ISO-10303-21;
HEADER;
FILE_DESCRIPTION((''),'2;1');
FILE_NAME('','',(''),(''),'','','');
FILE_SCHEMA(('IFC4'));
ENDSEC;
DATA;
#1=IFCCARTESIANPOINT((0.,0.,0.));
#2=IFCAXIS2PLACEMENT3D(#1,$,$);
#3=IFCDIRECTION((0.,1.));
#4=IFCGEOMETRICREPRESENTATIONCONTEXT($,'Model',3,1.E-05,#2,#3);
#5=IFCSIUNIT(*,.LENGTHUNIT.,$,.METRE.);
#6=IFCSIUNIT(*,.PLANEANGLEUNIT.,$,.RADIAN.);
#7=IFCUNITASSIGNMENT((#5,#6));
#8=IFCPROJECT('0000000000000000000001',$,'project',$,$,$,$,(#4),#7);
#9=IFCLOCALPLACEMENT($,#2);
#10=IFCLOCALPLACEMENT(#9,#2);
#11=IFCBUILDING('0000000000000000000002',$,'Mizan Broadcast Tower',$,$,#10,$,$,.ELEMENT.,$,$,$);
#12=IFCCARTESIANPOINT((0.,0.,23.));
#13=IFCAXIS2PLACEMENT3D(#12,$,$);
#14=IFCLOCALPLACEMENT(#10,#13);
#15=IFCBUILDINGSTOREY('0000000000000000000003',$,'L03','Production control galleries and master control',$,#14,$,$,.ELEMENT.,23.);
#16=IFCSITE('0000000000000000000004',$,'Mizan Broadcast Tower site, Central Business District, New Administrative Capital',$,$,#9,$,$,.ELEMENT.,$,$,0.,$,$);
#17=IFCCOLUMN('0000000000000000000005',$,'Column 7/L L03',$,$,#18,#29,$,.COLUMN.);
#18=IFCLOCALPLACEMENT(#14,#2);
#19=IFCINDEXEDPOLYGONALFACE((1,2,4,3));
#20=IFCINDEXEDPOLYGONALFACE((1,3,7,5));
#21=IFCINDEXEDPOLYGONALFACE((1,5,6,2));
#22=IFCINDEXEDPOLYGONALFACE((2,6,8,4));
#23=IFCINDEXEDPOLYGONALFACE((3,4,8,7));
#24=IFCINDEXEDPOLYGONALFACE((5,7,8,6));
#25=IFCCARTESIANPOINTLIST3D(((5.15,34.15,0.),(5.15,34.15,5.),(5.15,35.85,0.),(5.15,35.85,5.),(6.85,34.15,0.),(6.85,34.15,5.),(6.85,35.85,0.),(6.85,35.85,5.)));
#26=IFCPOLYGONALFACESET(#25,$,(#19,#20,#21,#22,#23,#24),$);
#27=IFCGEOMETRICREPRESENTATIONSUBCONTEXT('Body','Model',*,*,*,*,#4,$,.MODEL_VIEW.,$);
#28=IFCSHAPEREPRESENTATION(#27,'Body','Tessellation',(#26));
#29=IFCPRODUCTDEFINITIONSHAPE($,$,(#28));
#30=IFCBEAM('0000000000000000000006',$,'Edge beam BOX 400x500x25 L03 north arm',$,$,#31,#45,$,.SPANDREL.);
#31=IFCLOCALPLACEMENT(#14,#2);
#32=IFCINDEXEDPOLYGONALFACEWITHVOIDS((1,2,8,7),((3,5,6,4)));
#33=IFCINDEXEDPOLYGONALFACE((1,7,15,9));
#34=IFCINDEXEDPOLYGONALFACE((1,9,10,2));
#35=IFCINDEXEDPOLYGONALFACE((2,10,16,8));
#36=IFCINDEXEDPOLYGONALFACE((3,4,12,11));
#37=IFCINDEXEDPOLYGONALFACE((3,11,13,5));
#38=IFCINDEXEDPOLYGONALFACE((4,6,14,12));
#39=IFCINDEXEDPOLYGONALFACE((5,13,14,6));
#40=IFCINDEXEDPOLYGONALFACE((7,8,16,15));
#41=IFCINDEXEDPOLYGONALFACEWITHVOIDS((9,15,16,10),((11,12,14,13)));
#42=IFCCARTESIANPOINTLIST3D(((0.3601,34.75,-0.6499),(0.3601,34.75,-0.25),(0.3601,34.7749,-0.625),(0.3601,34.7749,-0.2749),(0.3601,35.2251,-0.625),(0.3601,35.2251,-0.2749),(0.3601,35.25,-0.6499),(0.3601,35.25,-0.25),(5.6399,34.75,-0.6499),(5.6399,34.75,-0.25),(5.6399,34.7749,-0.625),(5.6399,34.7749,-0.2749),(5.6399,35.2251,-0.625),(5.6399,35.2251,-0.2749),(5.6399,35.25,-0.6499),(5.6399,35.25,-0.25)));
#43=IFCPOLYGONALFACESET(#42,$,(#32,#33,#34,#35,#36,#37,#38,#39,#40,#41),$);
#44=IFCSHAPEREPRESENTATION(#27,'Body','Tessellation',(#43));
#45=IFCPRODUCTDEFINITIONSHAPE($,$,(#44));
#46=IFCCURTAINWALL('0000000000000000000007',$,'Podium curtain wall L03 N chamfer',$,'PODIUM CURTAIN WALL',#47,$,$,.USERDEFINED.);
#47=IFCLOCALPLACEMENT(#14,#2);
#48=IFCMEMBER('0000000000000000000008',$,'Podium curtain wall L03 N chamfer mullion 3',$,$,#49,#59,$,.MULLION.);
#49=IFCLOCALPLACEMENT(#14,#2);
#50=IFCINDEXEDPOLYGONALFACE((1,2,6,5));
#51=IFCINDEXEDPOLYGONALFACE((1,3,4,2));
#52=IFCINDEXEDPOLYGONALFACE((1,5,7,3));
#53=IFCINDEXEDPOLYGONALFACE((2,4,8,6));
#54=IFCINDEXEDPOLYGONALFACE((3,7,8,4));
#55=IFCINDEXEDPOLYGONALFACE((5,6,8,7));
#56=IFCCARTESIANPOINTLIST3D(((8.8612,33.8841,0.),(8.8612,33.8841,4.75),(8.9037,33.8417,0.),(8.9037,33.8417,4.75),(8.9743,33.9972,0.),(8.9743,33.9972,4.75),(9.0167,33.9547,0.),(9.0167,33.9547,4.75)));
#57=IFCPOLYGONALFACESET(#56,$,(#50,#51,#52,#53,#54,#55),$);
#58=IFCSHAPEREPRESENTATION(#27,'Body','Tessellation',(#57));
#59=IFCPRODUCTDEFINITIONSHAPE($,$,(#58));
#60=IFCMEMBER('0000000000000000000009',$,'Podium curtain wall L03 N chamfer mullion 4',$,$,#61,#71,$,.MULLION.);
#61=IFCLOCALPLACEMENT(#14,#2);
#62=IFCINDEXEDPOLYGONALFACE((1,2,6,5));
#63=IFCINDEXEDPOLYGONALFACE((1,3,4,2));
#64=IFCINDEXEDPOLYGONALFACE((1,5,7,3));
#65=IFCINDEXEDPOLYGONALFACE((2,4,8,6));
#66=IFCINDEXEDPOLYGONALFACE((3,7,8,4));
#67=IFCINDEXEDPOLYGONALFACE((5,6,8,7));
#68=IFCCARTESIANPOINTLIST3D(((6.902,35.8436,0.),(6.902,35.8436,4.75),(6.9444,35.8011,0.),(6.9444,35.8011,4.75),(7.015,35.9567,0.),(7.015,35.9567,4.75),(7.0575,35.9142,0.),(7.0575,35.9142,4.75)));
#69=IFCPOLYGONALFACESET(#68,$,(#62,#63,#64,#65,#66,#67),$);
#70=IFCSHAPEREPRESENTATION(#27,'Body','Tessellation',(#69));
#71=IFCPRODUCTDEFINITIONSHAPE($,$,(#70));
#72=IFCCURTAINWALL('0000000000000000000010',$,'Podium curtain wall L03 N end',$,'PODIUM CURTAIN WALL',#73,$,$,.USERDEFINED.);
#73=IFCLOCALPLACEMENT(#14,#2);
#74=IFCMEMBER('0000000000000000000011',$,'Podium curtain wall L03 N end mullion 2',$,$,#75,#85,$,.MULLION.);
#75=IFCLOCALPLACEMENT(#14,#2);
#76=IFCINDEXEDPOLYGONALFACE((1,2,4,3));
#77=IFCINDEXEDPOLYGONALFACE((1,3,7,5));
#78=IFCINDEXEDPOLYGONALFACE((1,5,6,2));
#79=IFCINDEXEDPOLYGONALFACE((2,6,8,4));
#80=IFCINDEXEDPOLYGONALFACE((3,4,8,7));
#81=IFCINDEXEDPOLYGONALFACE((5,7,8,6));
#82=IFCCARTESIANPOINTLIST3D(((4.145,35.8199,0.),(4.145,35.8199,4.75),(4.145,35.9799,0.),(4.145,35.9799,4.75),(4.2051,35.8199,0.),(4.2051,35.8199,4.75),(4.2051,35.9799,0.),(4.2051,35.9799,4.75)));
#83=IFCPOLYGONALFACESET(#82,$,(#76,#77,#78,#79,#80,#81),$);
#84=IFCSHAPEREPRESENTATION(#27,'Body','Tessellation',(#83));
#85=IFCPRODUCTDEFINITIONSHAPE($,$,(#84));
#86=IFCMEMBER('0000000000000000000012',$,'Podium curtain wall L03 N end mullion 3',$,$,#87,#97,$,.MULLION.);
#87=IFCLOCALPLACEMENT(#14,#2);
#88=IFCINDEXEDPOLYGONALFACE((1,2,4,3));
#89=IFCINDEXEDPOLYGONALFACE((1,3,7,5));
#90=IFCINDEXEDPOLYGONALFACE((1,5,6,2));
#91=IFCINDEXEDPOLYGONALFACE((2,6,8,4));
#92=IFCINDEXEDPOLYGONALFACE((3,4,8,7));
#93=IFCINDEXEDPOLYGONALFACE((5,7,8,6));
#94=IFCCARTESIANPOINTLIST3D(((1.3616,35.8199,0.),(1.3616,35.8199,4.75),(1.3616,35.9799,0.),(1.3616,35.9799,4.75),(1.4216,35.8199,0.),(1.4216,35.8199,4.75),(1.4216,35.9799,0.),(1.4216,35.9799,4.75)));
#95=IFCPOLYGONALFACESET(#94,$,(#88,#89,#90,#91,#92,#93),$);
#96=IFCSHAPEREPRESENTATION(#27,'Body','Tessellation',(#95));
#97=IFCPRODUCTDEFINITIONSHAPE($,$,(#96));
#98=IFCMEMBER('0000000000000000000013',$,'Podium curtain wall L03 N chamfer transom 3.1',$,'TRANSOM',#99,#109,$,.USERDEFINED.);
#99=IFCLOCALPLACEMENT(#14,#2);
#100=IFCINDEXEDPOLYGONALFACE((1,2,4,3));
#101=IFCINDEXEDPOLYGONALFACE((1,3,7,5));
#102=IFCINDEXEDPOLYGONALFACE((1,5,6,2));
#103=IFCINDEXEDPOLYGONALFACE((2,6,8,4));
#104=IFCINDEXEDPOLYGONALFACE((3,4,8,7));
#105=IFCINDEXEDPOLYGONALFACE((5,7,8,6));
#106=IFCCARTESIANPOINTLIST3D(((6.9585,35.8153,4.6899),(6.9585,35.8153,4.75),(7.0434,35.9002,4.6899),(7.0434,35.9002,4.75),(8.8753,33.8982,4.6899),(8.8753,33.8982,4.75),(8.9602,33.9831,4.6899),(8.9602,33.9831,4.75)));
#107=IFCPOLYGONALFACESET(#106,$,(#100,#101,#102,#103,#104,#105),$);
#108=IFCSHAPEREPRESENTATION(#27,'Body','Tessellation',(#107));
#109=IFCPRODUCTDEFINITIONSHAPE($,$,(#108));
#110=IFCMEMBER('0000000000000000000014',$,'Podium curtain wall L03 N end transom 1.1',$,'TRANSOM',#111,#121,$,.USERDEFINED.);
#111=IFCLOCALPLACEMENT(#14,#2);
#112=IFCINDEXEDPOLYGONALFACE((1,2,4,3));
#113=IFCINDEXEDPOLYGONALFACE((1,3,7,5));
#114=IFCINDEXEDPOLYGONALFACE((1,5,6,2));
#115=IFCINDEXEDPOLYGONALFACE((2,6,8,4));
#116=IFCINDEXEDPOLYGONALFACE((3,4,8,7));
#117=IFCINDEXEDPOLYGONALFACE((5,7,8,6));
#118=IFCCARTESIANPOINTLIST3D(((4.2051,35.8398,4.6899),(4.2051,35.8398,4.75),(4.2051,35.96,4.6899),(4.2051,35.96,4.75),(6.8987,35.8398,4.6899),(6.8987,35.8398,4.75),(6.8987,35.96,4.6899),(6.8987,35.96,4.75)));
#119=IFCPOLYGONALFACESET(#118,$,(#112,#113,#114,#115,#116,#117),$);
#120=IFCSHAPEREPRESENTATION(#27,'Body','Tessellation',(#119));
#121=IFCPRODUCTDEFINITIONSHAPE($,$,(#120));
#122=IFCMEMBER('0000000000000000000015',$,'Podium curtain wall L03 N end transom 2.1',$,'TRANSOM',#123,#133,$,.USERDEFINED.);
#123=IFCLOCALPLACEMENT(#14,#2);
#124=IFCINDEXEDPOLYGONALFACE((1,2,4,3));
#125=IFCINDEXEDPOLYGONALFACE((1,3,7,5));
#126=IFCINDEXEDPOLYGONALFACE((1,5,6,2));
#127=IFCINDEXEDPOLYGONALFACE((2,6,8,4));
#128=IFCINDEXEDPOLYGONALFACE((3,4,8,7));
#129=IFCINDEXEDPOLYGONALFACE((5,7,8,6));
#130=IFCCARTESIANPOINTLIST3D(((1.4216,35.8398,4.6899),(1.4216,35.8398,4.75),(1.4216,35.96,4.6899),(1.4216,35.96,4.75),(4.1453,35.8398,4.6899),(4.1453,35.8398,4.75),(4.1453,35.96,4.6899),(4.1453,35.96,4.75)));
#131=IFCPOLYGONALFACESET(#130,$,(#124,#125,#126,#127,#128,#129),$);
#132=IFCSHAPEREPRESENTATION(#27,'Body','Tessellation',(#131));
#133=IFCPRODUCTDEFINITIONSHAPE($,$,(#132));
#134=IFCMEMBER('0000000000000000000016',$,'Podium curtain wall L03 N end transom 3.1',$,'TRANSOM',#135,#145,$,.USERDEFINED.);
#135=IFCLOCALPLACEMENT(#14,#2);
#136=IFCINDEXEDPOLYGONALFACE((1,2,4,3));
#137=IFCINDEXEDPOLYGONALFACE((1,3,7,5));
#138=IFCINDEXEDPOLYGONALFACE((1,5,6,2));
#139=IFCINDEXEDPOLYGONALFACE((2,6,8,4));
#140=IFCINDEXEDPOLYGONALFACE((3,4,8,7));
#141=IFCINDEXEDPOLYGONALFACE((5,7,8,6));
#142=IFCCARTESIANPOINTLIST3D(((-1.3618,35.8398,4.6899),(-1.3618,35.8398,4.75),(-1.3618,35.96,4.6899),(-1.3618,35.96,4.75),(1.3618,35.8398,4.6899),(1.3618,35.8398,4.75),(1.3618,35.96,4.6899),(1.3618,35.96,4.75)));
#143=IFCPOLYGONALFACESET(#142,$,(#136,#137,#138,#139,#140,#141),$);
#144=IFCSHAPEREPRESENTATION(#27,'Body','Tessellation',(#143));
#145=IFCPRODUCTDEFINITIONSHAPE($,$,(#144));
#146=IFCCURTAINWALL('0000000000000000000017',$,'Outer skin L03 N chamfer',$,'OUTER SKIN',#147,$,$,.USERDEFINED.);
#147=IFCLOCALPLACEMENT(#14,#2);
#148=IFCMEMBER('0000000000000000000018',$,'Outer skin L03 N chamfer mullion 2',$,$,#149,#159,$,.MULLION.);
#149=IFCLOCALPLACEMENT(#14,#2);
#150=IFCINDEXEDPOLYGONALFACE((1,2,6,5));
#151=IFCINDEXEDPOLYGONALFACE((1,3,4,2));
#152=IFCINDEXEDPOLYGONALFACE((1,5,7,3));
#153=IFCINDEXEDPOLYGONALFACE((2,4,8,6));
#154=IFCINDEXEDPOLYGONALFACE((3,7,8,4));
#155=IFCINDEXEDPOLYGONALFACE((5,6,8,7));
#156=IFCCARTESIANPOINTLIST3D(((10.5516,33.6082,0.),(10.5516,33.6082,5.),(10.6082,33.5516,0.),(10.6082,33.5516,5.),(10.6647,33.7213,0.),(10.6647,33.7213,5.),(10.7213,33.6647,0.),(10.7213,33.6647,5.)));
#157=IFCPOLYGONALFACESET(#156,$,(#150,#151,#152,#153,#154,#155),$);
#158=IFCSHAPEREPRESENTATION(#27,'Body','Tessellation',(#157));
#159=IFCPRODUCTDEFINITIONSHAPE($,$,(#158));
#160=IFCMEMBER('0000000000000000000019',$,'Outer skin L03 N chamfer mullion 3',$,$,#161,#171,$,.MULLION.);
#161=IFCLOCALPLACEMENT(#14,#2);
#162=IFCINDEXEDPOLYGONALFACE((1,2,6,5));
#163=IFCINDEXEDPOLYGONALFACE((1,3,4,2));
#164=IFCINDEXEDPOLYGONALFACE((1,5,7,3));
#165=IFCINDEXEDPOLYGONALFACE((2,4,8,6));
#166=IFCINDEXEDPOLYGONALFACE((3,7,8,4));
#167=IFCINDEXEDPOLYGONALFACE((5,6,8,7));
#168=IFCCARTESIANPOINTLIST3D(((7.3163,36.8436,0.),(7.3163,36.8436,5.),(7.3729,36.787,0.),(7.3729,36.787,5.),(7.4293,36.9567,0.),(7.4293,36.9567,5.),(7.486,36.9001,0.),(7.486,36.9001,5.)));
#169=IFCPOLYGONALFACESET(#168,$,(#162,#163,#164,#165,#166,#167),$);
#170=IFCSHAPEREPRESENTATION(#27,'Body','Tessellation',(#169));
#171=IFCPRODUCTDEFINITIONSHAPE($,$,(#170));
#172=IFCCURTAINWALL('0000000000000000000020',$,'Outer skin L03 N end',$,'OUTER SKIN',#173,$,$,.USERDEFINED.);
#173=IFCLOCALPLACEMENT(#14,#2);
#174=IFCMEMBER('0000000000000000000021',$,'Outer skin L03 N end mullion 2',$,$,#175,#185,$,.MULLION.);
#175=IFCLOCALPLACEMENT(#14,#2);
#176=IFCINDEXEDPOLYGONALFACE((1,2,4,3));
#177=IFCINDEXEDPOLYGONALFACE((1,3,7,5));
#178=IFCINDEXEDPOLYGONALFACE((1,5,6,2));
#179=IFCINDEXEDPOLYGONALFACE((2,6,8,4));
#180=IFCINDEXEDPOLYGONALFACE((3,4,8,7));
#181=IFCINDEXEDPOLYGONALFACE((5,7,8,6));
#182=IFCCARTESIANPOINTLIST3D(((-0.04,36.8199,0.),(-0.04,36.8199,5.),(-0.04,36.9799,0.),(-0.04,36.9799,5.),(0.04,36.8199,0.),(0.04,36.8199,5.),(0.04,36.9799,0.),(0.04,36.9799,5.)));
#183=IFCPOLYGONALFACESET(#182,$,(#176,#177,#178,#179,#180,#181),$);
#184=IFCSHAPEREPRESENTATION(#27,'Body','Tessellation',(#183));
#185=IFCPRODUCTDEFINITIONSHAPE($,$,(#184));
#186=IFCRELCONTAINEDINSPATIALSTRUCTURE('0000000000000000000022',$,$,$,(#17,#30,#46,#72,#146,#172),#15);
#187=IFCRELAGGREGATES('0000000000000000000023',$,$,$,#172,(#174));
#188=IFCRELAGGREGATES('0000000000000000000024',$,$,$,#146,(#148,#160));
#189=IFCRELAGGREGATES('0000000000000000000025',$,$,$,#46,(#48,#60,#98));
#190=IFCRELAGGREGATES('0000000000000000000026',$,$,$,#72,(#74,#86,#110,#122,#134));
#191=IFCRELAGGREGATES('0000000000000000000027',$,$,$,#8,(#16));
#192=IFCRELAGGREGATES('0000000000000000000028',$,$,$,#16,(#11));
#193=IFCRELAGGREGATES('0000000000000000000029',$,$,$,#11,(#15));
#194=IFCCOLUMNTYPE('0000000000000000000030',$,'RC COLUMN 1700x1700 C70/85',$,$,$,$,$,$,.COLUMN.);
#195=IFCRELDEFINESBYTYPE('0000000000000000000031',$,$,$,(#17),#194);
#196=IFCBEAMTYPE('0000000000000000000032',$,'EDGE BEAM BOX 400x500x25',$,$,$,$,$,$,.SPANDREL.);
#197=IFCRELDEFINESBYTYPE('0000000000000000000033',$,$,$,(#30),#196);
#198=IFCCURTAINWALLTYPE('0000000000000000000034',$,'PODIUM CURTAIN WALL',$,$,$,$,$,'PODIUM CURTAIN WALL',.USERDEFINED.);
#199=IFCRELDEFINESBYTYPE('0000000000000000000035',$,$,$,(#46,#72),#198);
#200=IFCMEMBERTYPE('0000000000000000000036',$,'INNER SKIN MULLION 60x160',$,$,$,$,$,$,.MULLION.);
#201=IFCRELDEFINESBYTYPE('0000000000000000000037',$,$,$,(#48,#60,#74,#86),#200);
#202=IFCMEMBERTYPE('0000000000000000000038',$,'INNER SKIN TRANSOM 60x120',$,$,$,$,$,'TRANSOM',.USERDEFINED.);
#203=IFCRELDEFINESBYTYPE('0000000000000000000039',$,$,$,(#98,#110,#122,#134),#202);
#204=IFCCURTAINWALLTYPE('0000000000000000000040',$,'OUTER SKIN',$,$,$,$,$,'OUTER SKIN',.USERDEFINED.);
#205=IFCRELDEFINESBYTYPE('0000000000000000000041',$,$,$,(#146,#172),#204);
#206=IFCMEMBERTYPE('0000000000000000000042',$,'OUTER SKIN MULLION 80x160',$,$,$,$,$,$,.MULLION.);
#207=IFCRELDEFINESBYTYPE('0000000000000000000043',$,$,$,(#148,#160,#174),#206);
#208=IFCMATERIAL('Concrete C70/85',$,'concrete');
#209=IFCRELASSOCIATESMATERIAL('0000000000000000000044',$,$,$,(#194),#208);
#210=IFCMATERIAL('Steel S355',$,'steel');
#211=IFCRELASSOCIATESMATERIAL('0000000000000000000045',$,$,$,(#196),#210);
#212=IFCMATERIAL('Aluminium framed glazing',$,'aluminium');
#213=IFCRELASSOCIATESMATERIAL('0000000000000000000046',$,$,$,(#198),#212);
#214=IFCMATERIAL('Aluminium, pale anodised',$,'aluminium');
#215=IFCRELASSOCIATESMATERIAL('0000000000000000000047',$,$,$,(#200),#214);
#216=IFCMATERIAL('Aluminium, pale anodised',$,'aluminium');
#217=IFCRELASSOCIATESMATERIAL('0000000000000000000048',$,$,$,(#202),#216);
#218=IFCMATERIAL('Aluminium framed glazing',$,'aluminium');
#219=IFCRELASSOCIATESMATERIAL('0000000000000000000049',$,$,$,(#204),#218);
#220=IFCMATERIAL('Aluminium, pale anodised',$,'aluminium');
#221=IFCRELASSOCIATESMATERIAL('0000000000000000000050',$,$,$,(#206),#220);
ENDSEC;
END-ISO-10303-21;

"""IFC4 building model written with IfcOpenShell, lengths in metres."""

from ifc_helpers import new_model, si_unit, direction, frame, origin, origin_2d, place, context, subcontext, project, spatial, rectangle, hollow_rectangle, extrude, material, material_profile, profile_set, type_object, element, aggregate, save


model = new_model("IFC4")

# Units and contexts
model_context = context("Model", 3, precision=1e-05, world=origin(), true_north=direction((0.0, 1.0)))
body_context = subcontext(model_context, "Body", "Model", "MODEL_VIEW")
ifc_project = project(units=[si_unit("LENGTHUNIT", "METRE"), si_unit("PLANEANGLEUNIT", "RADIAN")], contexts=[model_context])

# Site, building, storey
site_placement = place(None, origin())
site = spatial("IfcSite", under=ifc_project, at=site_placement, Name="Mizan Broadcast Tower site, Central Business District, New Administrative Capital", CompositionType="ELEMENT", RefElevation=0.0)
building_placement = place(site_placement, origin())
building = spatial("IfcBuilding", under=site, at=building_placement, Name="Mizan Broadcast Tower", CompositionType="ELEMENT")
storey_placement = place(building_placement, frame((0.0, 0.0, 23.0)))
storey = spatial("IfcBuildingStorey", under=building, at=storey_placement, Name="L03", Description="Production control galleries and master control", CompositionType="ELEMENT", Elevation=23.0)

# Column
ifc_material_1 = material(Name="Concrete C70/85", Category="concrete")
ifc_material_profile_1 = material_profile(ifc_material_1, rectangle(XDim=1.7, YDim=1.7, at=origin_2d()), Name="RC 1700x1700")
ifc_profile_set_1 = profile_set([ifc_material_profile_1], Name="Concrete C70/85")
column_type = type_object("IfcColumnType", Name="RC COLUMN 1700x1700 C70/85", PredefinedType="COLUMN", material=ifc_profile_set_1)
column_placement = place(storey_placement, frame((6.0, 35.0, 0.0), z_axis=(0.0, 0.0, 1.0), x_axis=(1.0, 0.0, 0.0)))
element("IfcColumn", 1, at=column_placement, inside=storey, type_object=column_type, Name="Column 7/L L03", PredefinedType="COLUMN", context=body_context, shape_type="SweptSolid", body=[
    extrude(rectangle(XDim=1.7, YDim=1.7, at=origin_2d()), origin(), (0.0, 0.0, 1.0), 5.0),
])

# Beam
ifc_material_2 = material(Name="Steel S355", Category="steel")
ifc_material_profile_2 = material_profile(ifc_material_2, hollow_rectangle(XDim=0.5, YDim=0.3999, WallThickness=0.0249, at=origin_2d()), Name="BOX 400x500x25")
ifc_profile_set_2 = profile_set([ifc_material_profile_2], Name="Steel S355")
beam_type = type_object("IfcBeamType", Name="EDGE BEAM BOX 400x500x25", PredefinedType="SPANDREL", material=ifc_profile_set_2)
beam_placement = place(storey_placement, frame((5.6399, 35.0, -0.45), z_axis=(-1.0, 0.0, 0.0), x_axis=(0.0, -1.0, 0.0)))
element("IfcBeam", 2, at=beam_placement, inside=storey, type_object=beam_type, Name="Edge beam BOX 400x500x25 L03 north arm", PredefinedType="SPANDREL", context=body_context, shape_type="SweptSolid", body=[
    extrude(hollow_rectangle(XDim=0.5, YDim=0.3999, WallThickness=0.0249, at=origin_2d()), origin(), (0.0, 0.0, 1.0), 5.2798),
])

# Curtain walls, members
ifc_material_3 = material(Name="Aluminium framed glazing", Category="aluminium")
curtain_wall_type_1 = type_object("IfcCurtainWallType", Name="PODIUM CURTAIN WALL", ElementType="PODIUM CURTAIN WALL", PredefinedType="USERDEFINED", material=ifc_material_3)
curtain_wall_1_placement = place(storey_placement, origin())
curtain_wall_1 = element("IfcCurtainWall", 3, at=curtain_wall_1_placement, inside=storey, type_object=curtain_wall_type_1, Name="Podium curtain wall L03 N chamfer", ObjectType="PODIUM CURTAIN WALL", PredefinedType="USERDEFINED")
ifc_material_4 = material(Name="Aluminium, pale anodised", Category="aluminium")
ifc_material_profile_3 = material_profile(ifc_material_4, rectangle(XDim=0.1599, YDim=0.0601, at=origin_2d()), Name="MULLION 160x60")
ifc_profile_set_3 = profile_set([ifc_material_profile_3], Name="Aluminium, pale anodised")
member_type_1 = type_object("IfcMemberType", Name="INNER SKIN MULLION 60x160", PredefinedType="MULLION", material=ifc_profile_set_3)
member_1_placement = place(storey_placement, frame((8.939, 33.9194, 0.0), z_axis=(0.0, 0.0, 1.0), x_axis=(-0.707107, -0.707107, 0.0)))
member_1 = element("IfcMember", 4, at=member_1_placement, type_object=member_type_1, Name="Podium curtain wall L03 N chamfer mullion 3", PredefinedType="MULLION", context=body_context, shape_type="SweptSolid", body=[
    extrude(rectangle(XDim=0.1599, YDim=0.0601, at=origin_2d()), origin(), (0.0, 0.0, 1.0), 4.75),
])
member_2_placement = place(storey_placement, frame((6.9797, 35.8789, 0.0), z_axis=(0.0, 0.0, 1.0), x_axis=(-0.707107, -0.707107, 0.0)))
member_2 = element("IfcMember", 5, at=member_2_placement, type_object=member_type_1, Name="Podium curtain wall L03 N chamfer mullion 4", PredefinedType="MULLION", context=body_context, shape_type="SweptSolid", body=[
    extrude(rectangle(XDim=0.1599, YDim=0.0601, at=origin_2d()), origin(), (0.0, 0.0, 1.0), 4.75),
])
curtain_wall_2_placement = place(storey_placement, origin())
curtain_wall_2 = element("IfcCurtainWall", 6, at=curtain_wall_2_placement, inside=storey, type_object=curtain_wall_type_1, Name="Podium curtain wall L03 N end", ObjectType="PODIUM CURTAIN WALL", PredefinedType="USERDEFINED")
member_3_placement = place(storey_placement, frame((4.175, 35.8999, 0.0), z_axis=(0.0, 0.0, 1.0), x_axis=(0.0, -1.0, 0.0)))
member_3 = element("IfcMember", 7, at=member_3_placement, type_object=member_type_1, Name="Podium curtain wall L03 N end mullion 2", PredefinedType="MULLION", context=body_context, shape_type="SweptSolid", body=[
    extrude(rectangle(XDim=0.1599, YDim=0.0601, at=origin_2d()), origin(), (0.0, 0.0, 1.0), 4.75),
])
member_4_placement = place(storey_placement, frame((1.3916, 35.8999, 0.0), z_axis=(0.0, 0.0, 1.0), x_axis=(0.0, -1.0, 0.0)))
member_4 = element("IfcMember", 8, at=member_4_placement, type_object=member_type_1, Name="Podium curtain wall L03 N end mullion 3", PredefinedType="MULLION", context=body_context, shape_type="SweptSolid", body=[
    extrude(rectangle(XDim=0.1599, YDim=0.0601, at=origin_2d()), origin(), (0.0, 0.0, 1.0), 4.75),
])

# Members
ifc_material_5 = material(Name="Aluminium, pale anodised", Category="aluminium")
ifc_material_profile_4 = material_profile(ifc_material_5, rectangle(XDim=0.1201, YDim=0.0601, at=origin_2d()), Name="TRANSOM 120x60")
ifc_profile_set_4 = profile_set([ifc_material_profile_4], Name="Aluminium, pale anodised")
member_type_2 = type_object("IfcMemberType", Name="INNER SKIN TRANSOM 60x120", ElementType="TRANSOM", PredefinedType="USERDEFINED", material=ifc_profile_set_4)
member_5_placement = place(storey_placement, frame((8.9177, 33.9407, 4.72), z_axis=(-0.707062, 0.707152, 0.0), x_axis=(-0.707152, -0.707062, 0.0)))
member_5 = element("IfcMember", 9, at=member_5_placement, type_object=member_type_2, Name="Podium curtain wall L03 N chamfer transom 3.1", ObjectType="TRANSOM", PredefinedType="USERDEFINED", context=body_context, shape_type="SweptSolid", body=[
    extrude(rectangle(XDim=0.1201, YDim=0.0601, at=origin_2d()), origin(), (0.0, 0.0, 1.0), 2.7109),
])
member_6_placement = place(storey_placement, frame((6.8987, 35.8999, 4.72), z_axis=(-1.0, 0.0, 0.0), x_axis=(0.0, -1.0, 0.0)))
member_6 = element("IfcMember", 10, at=member_6_placement, type_object=member_type_2, Name="Podium curtain wall L03 N end transom 1.1", ObjectType="TRANSOM", PredefinedType="USERDEFINED", context=body_context, shape_type="SweptSolid", body=[
    extrude(rectangle(XDim=0.1201, YDim=0.0601, at=origin_2d()), origin(), (0.0, 0.0, 1.0), 2.6936),
])
member_7_placement = place(storey_placement, frame((4.1453, 35.8999, 4.72), z_axis=(-1.0, 0.0, 0.0), x_axis=(0.0, -1.0, 0.0)))
member_7 = element("IfcMember", 11, at=member_7_placement, type_object=member_type_2, Name="Podium curtain wall L03 N end transom 2.1", ObjectType="TRANSOM", PredefinedType="USERDEFINED", context=body_context, shape_type="SweptSolid", body=[
    extrude(rectangle(XDim=0.1201, YDim=0.0601, at=origin_2d()), origin(), (0.0, 0.0, 1.0), 2.7236),
])
member_8_placement = place(storey_placement, frame((1.3618, 35.8999, 4.72), z_axis=(-1.0, 0.0, 0.0), x_axis=(0.0, -1.0, 0.0)))
member_8 = element("IfcMember", 12, at=member_8_placement, type_object=member_type_2, Name="Podium curtain wall L03 N end transom 3.1", ObjectType="TRANSOM", PredefinedType="USERDEFINED", context=body_context, shape_type="SweptSolid", body=[
    extrude(rectangle(XDim=0.1201, YDim=0.0601, at=origin_2d()), origin(), (0.0, 0.0, 1.0), 2.7236),
])

# Curtain wall, members
ifc_material_6 = material(Name="Aluminium framed glazing", Category="aluminium")
curtain_wall_type_2 = type_object("IfcCurtainWallType", Name="OUTER SKIN", ElementType="OUTER SKIN", PredefinedType="USERDEFINED", material=ifc_material_6)
curtain_wall_3_placement = place(storey_placement, origin())
curtain_wall_3 = element("IfcCurtainWall", 13, at=curtain_wall_3_placement, inside=storey, type_object=curtain_wall_type_2, Name="Outer skin L03 N chamfer", ObjectType="OUTER SKIN", PredefinedType="USERDEFINED")
ifc_material_7 = material(Name="Aluminium, pale anodised", Category="aluminium")
ifc_material_profile_5 = material_profile(ifc_material_7, rectangle(XDim=0.1599, YDim=0.0801, at=origin_2d()), Name="MULLION 160x80")
ifc_profile_set_5 = profile_set([ifc_material_profile_5], Name="Aluminium, pale anodised")
member_type_3 = type_object("IfcMemberType", Name="OUTER SKIN MULLION 80x160", PredefinedType="MULLION", material=ifc_profile_set_5)
member_9_placement = place(storey_placement, frame((10.6365, 33.6365, 0.0), z_axis=(0.0, 0.0, 1.0), x_axis=(-0.707107, -0.707107, 0.0)))
member_9 = element("IfcMember", 14, at=member_9_placement, type_object=member_type_3, Name="Outer skin L03 N chamfer mullion 2", PredefinedType="MULLION", context=body_context, shape_type="SweptSolid", body=[
    extrude(rectangle(XDim=0.1599, YDim=0.0801, at=origin_2d()), origin(), (0.0, 0.0, 1.0), 5.0),
])
member_10_placement = place(storey_placement, frame((7.4011, 36.8718, 0.0), z_axis=(0.0, 0.0, 1.0), x_axis=(-0.707107, -0.707107, 0.0)))
member_10 = element("IfcMember", 15, at=member_10_placement, type_object=member_type_3, Name="Outer skin L03 N chamfer mullion 3", PredefinedType="MULLION", context=body_context, shape_type="SweptSolid", body=[
    extrude(rectangle(XDim=0.1599, YDim=0.0801, at=origin_2d()), origin(), (0.0, 0.0, 1.0), 5.0),
])

# Curtain wall, member
curtain_wall_4_placement = place(storey_placement, origin())
curtain_wall_4 = element("IfcCurtainWall", 16, at=curtain_wall_4_placement, inside=storey, type_object=curtain_wall_type_2, Name="Outer skin L03 N end", ObjectType="OUTER SKIN", PredefinedType="USERDEFINED")
member_11_placement = place(storey_placement, frame((0.0, 36.8999, 0.0), z_axis=(0.0, 0.0, 1.0), x_axis=(0.0, -1.0, 0.0)))
member_11 = element("IfcMember", 17, at=member_11_placement, type_object=member_type_3, Name="Outer skin L03 N end mullion 2", PredefinedType="MULLION", context=body_context, shape_type="SweptSolid", body=[
    extrude(rectangle(XDim=0.1599, YDim=0.0801, at=origin_2d()), origin(), (0.0, 0.0, 1.0), 5.0),
])

aggregate(curtain_wall_4, [member_11])
aggregate(curtain_wall_3, [member_9, member_10])
aggregate(curtain_wall_1, [member_1, member_2, member_5])
aggregate(curtain_wall_2, [member_3, member_4, member_6, member_7, member_8])

save(model, "model.ifc")
